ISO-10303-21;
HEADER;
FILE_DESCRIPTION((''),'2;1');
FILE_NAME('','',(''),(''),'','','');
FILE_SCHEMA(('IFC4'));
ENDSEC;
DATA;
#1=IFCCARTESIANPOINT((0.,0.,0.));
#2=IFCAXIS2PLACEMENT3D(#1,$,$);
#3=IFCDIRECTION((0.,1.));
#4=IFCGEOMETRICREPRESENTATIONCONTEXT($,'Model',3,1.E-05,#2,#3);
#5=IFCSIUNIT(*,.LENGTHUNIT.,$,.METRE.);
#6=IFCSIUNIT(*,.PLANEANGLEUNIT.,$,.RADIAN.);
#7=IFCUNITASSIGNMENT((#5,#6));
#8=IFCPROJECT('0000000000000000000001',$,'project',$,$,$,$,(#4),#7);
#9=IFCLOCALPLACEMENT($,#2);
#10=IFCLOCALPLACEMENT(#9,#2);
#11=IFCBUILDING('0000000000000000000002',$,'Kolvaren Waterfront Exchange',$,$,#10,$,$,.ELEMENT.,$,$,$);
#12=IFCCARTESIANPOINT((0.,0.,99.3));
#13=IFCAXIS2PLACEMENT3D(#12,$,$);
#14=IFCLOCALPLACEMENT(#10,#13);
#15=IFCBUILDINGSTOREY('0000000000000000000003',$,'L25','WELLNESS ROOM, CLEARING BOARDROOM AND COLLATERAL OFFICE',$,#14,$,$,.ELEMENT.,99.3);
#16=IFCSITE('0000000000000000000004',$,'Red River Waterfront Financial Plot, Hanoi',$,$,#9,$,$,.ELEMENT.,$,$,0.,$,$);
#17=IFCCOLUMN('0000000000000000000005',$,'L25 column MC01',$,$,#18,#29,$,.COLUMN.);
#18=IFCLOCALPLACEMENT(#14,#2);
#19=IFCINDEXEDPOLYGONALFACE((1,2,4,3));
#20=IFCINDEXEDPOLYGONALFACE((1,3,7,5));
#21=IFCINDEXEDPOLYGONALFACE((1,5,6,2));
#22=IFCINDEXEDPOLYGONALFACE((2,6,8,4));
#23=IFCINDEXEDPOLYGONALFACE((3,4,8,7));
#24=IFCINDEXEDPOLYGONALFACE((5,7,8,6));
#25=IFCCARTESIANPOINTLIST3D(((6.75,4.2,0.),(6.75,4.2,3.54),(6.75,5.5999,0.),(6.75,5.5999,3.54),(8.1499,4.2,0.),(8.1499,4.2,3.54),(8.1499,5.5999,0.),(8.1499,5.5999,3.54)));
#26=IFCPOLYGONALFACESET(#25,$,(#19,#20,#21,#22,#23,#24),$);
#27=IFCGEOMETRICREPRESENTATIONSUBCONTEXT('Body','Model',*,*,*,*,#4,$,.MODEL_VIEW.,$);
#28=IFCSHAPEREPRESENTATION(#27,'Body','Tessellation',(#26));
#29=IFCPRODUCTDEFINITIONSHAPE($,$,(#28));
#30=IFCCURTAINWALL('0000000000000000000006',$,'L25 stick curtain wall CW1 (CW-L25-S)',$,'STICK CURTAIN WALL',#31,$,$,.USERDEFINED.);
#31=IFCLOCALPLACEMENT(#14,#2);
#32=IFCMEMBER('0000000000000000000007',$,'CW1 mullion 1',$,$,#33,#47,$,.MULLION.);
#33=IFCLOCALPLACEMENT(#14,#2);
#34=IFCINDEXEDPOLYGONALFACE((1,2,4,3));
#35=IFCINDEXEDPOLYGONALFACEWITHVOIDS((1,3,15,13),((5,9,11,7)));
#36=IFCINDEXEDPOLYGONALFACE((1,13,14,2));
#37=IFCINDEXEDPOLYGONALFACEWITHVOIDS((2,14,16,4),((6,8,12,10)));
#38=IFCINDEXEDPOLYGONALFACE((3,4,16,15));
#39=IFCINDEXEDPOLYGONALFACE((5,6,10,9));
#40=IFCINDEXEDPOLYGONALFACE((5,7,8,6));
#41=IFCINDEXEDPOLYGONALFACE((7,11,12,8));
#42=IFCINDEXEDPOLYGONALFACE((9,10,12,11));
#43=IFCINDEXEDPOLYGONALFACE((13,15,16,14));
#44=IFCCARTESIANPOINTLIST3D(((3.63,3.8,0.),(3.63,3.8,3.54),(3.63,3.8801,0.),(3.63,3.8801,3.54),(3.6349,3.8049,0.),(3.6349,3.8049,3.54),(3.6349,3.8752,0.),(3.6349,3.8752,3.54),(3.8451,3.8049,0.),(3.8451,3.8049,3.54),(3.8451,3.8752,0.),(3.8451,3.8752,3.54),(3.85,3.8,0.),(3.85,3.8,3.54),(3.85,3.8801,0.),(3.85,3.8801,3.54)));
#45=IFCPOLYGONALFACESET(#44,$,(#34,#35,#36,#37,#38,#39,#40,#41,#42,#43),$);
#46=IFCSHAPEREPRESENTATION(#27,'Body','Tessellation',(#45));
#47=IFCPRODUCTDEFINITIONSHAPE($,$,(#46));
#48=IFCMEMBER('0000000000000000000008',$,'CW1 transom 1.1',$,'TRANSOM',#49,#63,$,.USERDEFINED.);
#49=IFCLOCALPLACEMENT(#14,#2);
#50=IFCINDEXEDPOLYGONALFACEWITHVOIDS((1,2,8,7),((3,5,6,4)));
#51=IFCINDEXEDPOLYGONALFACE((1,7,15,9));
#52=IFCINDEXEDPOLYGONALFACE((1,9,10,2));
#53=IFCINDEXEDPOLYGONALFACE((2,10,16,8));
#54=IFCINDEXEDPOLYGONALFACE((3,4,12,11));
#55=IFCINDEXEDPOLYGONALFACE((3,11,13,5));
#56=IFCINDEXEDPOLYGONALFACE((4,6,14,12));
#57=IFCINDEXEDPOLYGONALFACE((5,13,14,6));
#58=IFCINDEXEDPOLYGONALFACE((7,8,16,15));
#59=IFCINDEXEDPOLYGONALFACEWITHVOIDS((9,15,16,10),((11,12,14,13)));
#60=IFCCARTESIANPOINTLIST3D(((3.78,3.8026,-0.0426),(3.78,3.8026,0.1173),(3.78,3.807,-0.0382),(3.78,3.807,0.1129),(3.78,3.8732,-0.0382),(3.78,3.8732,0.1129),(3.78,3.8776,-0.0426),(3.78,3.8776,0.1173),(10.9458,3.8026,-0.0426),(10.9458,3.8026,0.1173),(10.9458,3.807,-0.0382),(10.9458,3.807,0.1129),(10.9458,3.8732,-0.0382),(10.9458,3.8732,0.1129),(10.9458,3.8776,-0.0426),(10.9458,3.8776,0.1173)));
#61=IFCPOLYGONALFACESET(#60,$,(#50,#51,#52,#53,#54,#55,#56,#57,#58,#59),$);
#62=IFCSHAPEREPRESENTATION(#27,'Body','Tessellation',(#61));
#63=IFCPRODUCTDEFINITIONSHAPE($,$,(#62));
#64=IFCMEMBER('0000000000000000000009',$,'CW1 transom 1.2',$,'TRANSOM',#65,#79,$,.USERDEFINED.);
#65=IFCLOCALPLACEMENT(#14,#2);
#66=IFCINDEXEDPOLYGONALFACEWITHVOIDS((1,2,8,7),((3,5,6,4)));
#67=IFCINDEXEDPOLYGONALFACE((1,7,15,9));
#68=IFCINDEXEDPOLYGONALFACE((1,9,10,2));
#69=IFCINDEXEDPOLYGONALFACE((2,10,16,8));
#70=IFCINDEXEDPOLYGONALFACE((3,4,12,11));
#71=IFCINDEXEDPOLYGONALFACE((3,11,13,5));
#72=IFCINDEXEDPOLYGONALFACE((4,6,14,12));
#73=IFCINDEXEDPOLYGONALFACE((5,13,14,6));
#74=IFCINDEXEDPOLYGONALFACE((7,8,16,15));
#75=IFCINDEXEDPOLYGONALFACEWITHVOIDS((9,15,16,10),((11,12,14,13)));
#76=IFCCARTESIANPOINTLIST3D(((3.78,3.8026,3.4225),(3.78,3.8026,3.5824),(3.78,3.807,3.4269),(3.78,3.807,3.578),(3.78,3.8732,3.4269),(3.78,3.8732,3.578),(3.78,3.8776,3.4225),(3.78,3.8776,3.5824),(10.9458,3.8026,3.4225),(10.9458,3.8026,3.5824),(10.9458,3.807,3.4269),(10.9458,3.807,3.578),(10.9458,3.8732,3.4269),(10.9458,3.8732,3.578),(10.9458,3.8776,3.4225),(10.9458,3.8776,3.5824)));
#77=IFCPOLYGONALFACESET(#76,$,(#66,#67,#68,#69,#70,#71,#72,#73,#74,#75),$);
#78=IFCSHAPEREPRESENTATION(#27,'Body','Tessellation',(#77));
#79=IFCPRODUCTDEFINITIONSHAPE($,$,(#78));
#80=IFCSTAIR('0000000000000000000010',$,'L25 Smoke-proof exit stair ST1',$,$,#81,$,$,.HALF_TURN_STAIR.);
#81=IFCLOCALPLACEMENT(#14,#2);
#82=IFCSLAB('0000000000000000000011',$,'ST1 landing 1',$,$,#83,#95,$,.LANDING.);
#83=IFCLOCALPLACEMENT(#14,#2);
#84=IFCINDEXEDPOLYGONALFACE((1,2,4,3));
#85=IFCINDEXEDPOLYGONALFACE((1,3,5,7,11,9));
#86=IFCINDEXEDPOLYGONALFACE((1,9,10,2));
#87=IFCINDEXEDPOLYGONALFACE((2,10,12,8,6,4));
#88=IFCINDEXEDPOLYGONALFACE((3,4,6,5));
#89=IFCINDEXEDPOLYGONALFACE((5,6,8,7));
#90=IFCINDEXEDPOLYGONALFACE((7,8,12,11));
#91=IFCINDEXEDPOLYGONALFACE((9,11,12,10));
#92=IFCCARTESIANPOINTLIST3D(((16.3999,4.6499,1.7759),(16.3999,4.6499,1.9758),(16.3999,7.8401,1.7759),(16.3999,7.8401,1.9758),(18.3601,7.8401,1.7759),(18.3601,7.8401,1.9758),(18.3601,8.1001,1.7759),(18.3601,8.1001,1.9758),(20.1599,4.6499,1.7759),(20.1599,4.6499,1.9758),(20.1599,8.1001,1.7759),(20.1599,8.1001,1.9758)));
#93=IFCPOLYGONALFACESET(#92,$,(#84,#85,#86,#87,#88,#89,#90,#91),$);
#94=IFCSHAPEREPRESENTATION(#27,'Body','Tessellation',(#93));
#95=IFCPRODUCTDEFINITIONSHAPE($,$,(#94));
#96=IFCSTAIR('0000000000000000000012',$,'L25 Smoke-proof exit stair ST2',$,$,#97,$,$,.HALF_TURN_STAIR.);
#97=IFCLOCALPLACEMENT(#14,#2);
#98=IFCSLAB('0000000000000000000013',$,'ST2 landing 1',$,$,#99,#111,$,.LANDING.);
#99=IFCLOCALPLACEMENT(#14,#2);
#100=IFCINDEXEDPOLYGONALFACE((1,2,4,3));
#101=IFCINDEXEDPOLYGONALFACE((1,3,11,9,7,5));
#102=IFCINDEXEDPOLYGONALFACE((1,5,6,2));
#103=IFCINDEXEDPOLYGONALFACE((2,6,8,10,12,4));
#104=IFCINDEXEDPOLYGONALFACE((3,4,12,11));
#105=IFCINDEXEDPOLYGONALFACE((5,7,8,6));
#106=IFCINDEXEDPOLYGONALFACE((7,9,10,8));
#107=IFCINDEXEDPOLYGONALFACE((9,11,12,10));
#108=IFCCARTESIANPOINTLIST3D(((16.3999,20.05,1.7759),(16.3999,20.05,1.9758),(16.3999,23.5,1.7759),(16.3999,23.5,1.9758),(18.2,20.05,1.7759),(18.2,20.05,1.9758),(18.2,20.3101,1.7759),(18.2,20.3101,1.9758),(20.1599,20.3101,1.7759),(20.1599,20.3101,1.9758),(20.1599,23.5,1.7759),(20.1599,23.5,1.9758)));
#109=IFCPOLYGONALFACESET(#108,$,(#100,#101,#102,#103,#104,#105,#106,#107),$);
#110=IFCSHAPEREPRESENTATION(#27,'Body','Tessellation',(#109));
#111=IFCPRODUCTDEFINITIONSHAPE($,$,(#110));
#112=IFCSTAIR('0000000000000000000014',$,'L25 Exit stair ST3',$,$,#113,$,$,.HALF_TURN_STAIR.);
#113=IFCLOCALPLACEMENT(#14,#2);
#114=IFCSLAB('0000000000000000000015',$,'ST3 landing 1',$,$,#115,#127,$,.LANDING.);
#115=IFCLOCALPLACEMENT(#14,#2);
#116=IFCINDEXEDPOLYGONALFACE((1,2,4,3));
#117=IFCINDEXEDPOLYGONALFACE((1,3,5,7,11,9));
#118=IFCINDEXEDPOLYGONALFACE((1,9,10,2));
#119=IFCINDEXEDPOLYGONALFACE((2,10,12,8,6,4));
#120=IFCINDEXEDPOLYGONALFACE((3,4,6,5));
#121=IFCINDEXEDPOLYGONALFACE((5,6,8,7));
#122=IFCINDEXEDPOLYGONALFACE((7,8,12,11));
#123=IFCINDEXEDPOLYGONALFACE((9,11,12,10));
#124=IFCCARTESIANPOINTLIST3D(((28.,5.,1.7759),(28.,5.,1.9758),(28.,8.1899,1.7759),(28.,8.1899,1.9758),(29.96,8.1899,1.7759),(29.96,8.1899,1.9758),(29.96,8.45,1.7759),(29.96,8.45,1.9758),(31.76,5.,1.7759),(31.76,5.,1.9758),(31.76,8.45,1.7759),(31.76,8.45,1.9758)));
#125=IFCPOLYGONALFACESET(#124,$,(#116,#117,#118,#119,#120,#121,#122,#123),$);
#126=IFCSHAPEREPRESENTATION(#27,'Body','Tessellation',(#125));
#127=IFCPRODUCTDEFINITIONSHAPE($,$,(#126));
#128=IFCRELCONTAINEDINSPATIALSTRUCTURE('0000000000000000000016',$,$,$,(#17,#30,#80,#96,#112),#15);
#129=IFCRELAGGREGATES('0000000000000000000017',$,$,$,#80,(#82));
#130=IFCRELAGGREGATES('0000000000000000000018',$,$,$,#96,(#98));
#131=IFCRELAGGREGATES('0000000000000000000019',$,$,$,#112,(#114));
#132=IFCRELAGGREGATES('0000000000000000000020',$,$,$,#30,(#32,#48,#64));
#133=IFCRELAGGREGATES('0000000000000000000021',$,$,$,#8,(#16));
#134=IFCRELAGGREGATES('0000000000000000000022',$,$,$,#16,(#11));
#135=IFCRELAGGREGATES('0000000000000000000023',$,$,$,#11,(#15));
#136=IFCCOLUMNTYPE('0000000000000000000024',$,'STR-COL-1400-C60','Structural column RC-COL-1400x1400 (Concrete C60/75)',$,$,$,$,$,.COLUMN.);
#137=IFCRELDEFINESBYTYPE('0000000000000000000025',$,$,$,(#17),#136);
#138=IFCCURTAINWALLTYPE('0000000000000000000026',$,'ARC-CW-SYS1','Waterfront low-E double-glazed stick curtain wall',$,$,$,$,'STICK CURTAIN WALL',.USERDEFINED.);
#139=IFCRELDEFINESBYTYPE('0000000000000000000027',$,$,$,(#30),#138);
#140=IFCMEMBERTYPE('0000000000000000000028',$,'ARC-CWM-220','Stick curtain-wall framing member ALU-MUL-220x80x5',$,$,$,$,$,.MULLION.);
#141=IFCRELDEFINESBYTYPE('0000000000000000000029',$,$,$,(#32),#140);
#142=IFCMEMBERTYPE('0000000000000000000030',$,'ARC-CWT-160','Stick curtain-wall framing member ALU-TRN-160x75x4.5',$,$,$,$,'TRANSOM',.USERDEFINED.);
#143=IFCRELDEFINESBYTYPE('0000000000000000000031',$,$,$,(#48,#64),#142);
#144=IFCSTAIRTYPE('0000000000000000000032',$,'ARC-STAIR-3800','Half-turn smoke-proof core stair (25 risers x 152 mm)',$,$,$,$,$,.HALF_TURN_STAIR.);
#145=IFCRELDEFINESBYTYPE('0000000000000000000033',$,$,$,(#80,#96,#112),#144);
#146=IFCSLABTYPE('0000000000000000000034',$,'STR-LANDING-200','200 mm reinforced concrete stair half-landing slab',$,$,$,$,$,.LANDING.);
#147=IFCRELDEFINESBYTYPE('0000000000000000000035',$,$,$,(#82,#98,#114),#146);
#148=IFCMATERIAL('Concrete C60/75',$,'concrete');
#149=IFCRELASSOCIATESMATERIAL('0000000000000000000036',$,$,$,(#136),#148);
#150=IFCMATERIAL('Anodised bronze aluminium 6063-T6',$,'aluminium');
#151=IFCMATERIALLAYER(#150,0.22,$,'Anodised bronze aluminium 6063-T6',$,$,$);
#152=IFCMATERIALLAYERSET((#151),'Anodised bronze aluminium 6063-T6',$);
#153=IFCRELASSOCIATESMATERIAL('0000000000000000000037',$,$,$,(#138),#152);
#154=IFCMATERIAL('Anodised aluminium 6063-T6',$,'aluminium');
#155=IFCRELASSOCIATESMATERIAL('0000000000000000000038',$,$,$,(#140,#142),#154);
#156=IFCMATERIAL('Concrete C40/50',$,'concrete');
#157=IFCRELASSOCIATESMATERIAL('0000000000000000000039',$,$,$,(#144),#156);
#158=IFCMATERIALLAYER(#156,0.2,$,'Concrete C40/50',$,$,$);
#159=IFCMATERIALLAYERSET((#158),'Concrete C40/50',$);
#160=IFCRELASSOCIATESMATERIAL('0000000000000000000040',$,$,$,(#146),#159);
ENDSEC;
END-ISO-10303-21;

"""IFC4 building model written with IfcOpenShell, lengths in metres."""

from ifc_helpers import new_model, si_unit, direction, frame, origin, origin_with_axes, origin_2d, place, context, subcontext, project, spatial, polyline, rectangle, hollow_rectangle, outline, extrude, source, transform, mapped, material, layer, layer_set, material_profile, profile_set, type_object, element, aggregate, save


model = new_model("IFC4")

# Units and contexts
model_context = context("Model", 3, precision=1e-05, world=origin(), true_north=direction((0.0, 1.0)))
body_context = subcontext(model_context, "Body", "Model", "MODEL_VIEW")
ifc_project = project(units=[si_unit("LENGTHUNIT", "METRE"), si_unit("PLANEANGLEUNIT", "RADIAN")], contexts=[model_context])

# Site, building, storey
site_placement = place(None, origin())
site = spatial("IfcSite", under=ifc_project, at=site_placement, Name="Red River Waterfront Financial Plot, Hanoi", CompositionType="ELEMENT", RefElevation=0.0)
building_placement = place(site_placement, origin())
building = spatial("IfcBuilding", under=site, at=building_placement, Name="Kolvaren Waterfront Exchange", CompositionType="ELEMENT")
storey_placement = place(building_placement, frame((0.0, 0.0, 99.3)))
storey = spatial("IfcBuildingStorey", under=building, at=storey_placement, Name="L25", Description="WELLNESS ROOM, CLEARING BOARDROOM AND COLLATERAL OFFICE", CompositionType="ELEMENT", Elevation=99.3)

# Column
ifc_material_1 = material(Name="Concrete C60/75", Category="concrete")
ifc_material_profile_1 = material_profile(ifc_material_1, rectangle(XDim=1.3999, YDim=1.3999, at=origin_2d()), Name="RC-COL-1400x1400")
ifc_profile_set_1 = profile_set([ifc_material_profile_1], Name="Concrete C60/75")
column_type = type_object("IfcColumnType", Name="STR-COL-1400-C60", Description="Structural column RC-COL-1400x1400 (Concrete C60/75)", PredefinedType="COLUMN", material=ifc_profile_set_1)
column_placement = place(storey_placement, frame((7.45, 4.8999, 0.0), z_axis=(0.0, 0.0, 1.0), x_axis=(1.0, 0.0, 0.0)))
element("IfcColumn", 1, at=column_placement, inside=storey, type_object=column_type, Name="L25 column MC01", PredefinedType="COLUMN", context=body_context, shape_type="SweptSolid", body=[
    extrude(rectangle(XDim=1.3999, YDim=1.3999, at=origin_2d()), origin(), (0.0, 0.0, 1.0), 3.54),
])

# Curtain wall, members
ifc_material_2 = material(Name="Anodised bronze aluminium 6063-T6", Category="aluminium")
ifc_layer_1 = layer(ifc_material_2, 0.22, Name="Anodised bronze aluminium 6063-T6")
ifc_layer_set_1 = layer_set([ifc_layer_1], Name="Anodised bronze aluminium 6063-T6")
curtain_wall_type = type_object("IfcCurtainWallType", Name="ARC-CW-SYS1", Description="Waterfront low-E double-glazed stick curtain wall", ElementType="STICK CURTAIN WALL", PredefinedType="USERDEFINED", material=ifc_layer_set_1)
curtain_wall_placement = place(storey_placement, origin())
curtain_wall = element("IfcCurtainWall", 2, at=curtain_wall_placement, inside=storey, type_object=curtain_wall_type, Name="L25 stick curtain wall CW1 (CW-L25-S)", ObjectType="STICK CURTAIN WALL", PredefinedType="USERDEFINED")
ifc_material_3 = material(Name="Anodised aluminium 6063-T6", Category="aluminium")
ifc_material_profile_2 = material_profile(ifc_material_3, hollow_rectangle(XDim=0.0801, YDim=0.22, WallThickness=0.0049, at=origin_2d()), Name="ALU-MUL-220x80x5")
ifc_profile_set_2 = profile_set([ifc_material_profile_2], Name="Anodised aluminium 6063-T6")
member_type_1 = type_object("IfcMemberType", Name="ARC-CWM-220", Description="Stick curtain-wall framing member ALU-MUL-220x80x5", PredefinedType="MULLION", material=ifc_profile_set_2)
shared_shape_1 = source(origin_with_axes(), body_context, "Body", "SweptSolid", [
    extrude(hollow_rectangle(XDim=0.0801, YDim=0.22, WallThickness=0.0049, at=origin_2d()), origin(), (0.0, 0.0, 1.0), 3.54),
])
member_1_placement = place(storey_placement, frame((3.74, 3.8401, 0.0), z_axis=(0.0, 0.0, 1.0), x_axis=(0.0, 1.0, 0.0)))
member_1 = element("IfcMember", 3, at=member_1_placement, type_object=member_type_1, Name="CW1 mullion 1", PredefinedType="MULLION", context=body_context, shape_type="MappedRepresentation", body=[
    mapped(shared_shape_1, transform((0.0, 0.0, 0.0), x_axis=(1.0, 0.0, 0.0), y_axis=(0.0, 1.0, 0.0), z_axis=(0.0, 0.0, 1.0), scale=1.0)),
])
ifc_material_profile_3 = material_profile(ifc_material_3, hollow_rectangle(XDim=0.075, YDim=0.1599, WallThickness=0.0044, at=origin_2d()), Name="ALU-TRN-160x75x4.5")
ifc_profile_set_3 = profile_set([ifc_material_profile_3], Name="Anodised aluminium 6063-T6")
member_type_2 = type_object("IfcMemberType", Name="ARC-CWT-160", Description="Stick curtain-wall framing member ALU-TRN-160x75x4.5", ElementType="TRANSOM", PredefinedType="USERDEFINED", material=ifc_profile_set_3)
shared_shape_2 = source(origin_with_axes(), body_context, "Body", "SweptSolid", [
    extrude(hollow_rectangle(XDim=0.075, YDim=0.1599, WallThickness=0.0044, at=origin_2d()), origin(), (0.0, 0.0, 1.0), 7.1658),
])
member_2_placement = place(storey_placement, frame((3.78, 3.8401, 0.0374), z_axis=(1.0, 0.0, 0.0), x_axis=(0.0, 1.0, 0.0)))
member_2 = element("IfcMember", 4, at=member_2_placement, type_object=member_type_2, Name="CW1 transom 1.1", ObjectType="TRANSOM", PredefinedType="USERDEFINED", context=body_context, shape_type="MappedRepresentation", body=[
    mapped(shared_shape_2, transform((0.0, 0.0, 0.0), x_axis=(1.0, 0.0, 0.0), y_axis=(0.0, 1.0, 0.0), z_axis=(0.0, 0.0, 1.0), scale=1.0)),
])
member_3_placement = place(storey_placement, frame((3.78, 3.8401, 3.5024), z_axis=(1.0, 0.0, 0.0), x_axis=(0.0, 1.0, 0.0)))
member_3 = element("IfcMember", 5, at=member_3_placement, type_object=member_type_2, Name="CW1 transom 1.2", ObjectType="TRANSOM", PredefinedType="USERDEFINED", context=body_context, shape_type="MappedRepresentation", body=[
    mapped(shared_shape_2, transform((0.0, 0.0, 0.0), x_axis=(1.0, 0.0, 0.0), y_axis=(0.0, 1.0, 0.0), z_axis=(0.0, 0.0, 1.0), scale=1.0)),
])

# Stairs, slabs
ifc_material_4 = material(Name="Concrete C40/50", Category="concrete")
stair_type = type_object("IfcStairType", Name="ARC-STAIR-3800", Description="Half-turn smoke-proof core stair (25 risers x 152 mm)", PredefinedType="HALF_TURN_STAIR", material=ifc_material_4)
stair_1_placement = place(storey_placement, origin())
stair_1 = element("IfcStair", 6, at=stair_1_placement, inside=storey, type_object=stair_type, Name="L25 Smoke-proof exit stair ST1", PredefinedType="HALF_TURN_STAIR")
ifc_layer_2 = layer(ifc_material_4, 0.2, Name="Concrete C40/50")
ifc_layer_set_2 = layer_set([ifc_layer_2], Name="Concrete C40/50")
slab_type_1 = type_object("IfcSlabType", Name="STR-LANDING-200", Description="200 mm reinforced concrete stair half-landing slab", PredefinedType="LANDING", material=ifc_layer_set_2)
slab_1_placement = place(storey_placement, frame((0.0, 0.0, 1.7759)))
slab_1 = element("IfcSlab", 7, at=slab_1_placement, type_object=slab_type_1, Name="ST1 landing 1", PredefinedType="LANDING", context=body_context, shape_type="SweptSolid", body=[
    extrude(outline(polyline([(16.3999, 7.8401), (16.3999, 4.6499), (20.1599, 4.6499), (20.1599, 8.1001), (18.3601, 8.1001), (18.3601, 7.8401), (16.3999, 7.8401)])), origin(), (0.0, 0.0, 1.0), 0.2),
])
aggregate(stair_1, [slab_1])
stair_2_placement = place(storey_placement, origin())
stair_2 = element("IfcStair", 8, at=stair_2_placement, inside=storey, type_object=stair_type, Name="L25 Smoke-proof exit stair ST2", PredefinedType="HALF_TURN_STAIR")
slab_2_placement = place(storey_placement, frame((0.0, 0.0, 1.7759)))
slab_2 = element("IfcSlab", 9, at=slab_2_placement, type_object=slab_type_1, Name="ST2 landing 1", PredefinedType="LANDING", context=body_context, shape_type="SweptSolid", body=[
    extrude(outline(polyline([(20.1599, 20.3101), (20.1599, 23.5), (16.3999, 23.5), (16.3999, 20.05), (18.2, 20.05), (18.2, 20.3101), (20.1599, 20.3101)])), origin(), (0.0, 0.0, 1.0), 0.2),
])
aggregate(stair_2, [slab_2])
stair_3_placement = place(storey_placement, origin())
stair_3 = element("IfcStair", 10, at=stair_3_placement, inside=storey, type_object=stair_type, Name="L25 Exit stair ST3", PredefinedType="HALF_TURN_STAIR")
slab_3_placement = place(storey_placement, frame((0.0, 0.0, 1.7759)))
slab_3 = element("IfcSlab", 11, at=slab_3_placement, type_object=slab_type_1, Name="ST3 landing 1", PredefinedType="LANDING", context=body_context, shape_type="SweptSolid", body=[
    extrude(outline(polyline([(28.0, 8.1899), (28.0, 5.0), (31.76, 5.0), (31.76, 8.45), (29.96, 8.45), (29.96, 8.1899), (28.0, 8.1899)])), origin(), (0.0, 0.0, 1.0), 0.2),
])
aggregate(stair_3, [slab_3])

aggregate(curtain_wall, [member_1, member_2, member_3])

save(model, "model.ifc")
